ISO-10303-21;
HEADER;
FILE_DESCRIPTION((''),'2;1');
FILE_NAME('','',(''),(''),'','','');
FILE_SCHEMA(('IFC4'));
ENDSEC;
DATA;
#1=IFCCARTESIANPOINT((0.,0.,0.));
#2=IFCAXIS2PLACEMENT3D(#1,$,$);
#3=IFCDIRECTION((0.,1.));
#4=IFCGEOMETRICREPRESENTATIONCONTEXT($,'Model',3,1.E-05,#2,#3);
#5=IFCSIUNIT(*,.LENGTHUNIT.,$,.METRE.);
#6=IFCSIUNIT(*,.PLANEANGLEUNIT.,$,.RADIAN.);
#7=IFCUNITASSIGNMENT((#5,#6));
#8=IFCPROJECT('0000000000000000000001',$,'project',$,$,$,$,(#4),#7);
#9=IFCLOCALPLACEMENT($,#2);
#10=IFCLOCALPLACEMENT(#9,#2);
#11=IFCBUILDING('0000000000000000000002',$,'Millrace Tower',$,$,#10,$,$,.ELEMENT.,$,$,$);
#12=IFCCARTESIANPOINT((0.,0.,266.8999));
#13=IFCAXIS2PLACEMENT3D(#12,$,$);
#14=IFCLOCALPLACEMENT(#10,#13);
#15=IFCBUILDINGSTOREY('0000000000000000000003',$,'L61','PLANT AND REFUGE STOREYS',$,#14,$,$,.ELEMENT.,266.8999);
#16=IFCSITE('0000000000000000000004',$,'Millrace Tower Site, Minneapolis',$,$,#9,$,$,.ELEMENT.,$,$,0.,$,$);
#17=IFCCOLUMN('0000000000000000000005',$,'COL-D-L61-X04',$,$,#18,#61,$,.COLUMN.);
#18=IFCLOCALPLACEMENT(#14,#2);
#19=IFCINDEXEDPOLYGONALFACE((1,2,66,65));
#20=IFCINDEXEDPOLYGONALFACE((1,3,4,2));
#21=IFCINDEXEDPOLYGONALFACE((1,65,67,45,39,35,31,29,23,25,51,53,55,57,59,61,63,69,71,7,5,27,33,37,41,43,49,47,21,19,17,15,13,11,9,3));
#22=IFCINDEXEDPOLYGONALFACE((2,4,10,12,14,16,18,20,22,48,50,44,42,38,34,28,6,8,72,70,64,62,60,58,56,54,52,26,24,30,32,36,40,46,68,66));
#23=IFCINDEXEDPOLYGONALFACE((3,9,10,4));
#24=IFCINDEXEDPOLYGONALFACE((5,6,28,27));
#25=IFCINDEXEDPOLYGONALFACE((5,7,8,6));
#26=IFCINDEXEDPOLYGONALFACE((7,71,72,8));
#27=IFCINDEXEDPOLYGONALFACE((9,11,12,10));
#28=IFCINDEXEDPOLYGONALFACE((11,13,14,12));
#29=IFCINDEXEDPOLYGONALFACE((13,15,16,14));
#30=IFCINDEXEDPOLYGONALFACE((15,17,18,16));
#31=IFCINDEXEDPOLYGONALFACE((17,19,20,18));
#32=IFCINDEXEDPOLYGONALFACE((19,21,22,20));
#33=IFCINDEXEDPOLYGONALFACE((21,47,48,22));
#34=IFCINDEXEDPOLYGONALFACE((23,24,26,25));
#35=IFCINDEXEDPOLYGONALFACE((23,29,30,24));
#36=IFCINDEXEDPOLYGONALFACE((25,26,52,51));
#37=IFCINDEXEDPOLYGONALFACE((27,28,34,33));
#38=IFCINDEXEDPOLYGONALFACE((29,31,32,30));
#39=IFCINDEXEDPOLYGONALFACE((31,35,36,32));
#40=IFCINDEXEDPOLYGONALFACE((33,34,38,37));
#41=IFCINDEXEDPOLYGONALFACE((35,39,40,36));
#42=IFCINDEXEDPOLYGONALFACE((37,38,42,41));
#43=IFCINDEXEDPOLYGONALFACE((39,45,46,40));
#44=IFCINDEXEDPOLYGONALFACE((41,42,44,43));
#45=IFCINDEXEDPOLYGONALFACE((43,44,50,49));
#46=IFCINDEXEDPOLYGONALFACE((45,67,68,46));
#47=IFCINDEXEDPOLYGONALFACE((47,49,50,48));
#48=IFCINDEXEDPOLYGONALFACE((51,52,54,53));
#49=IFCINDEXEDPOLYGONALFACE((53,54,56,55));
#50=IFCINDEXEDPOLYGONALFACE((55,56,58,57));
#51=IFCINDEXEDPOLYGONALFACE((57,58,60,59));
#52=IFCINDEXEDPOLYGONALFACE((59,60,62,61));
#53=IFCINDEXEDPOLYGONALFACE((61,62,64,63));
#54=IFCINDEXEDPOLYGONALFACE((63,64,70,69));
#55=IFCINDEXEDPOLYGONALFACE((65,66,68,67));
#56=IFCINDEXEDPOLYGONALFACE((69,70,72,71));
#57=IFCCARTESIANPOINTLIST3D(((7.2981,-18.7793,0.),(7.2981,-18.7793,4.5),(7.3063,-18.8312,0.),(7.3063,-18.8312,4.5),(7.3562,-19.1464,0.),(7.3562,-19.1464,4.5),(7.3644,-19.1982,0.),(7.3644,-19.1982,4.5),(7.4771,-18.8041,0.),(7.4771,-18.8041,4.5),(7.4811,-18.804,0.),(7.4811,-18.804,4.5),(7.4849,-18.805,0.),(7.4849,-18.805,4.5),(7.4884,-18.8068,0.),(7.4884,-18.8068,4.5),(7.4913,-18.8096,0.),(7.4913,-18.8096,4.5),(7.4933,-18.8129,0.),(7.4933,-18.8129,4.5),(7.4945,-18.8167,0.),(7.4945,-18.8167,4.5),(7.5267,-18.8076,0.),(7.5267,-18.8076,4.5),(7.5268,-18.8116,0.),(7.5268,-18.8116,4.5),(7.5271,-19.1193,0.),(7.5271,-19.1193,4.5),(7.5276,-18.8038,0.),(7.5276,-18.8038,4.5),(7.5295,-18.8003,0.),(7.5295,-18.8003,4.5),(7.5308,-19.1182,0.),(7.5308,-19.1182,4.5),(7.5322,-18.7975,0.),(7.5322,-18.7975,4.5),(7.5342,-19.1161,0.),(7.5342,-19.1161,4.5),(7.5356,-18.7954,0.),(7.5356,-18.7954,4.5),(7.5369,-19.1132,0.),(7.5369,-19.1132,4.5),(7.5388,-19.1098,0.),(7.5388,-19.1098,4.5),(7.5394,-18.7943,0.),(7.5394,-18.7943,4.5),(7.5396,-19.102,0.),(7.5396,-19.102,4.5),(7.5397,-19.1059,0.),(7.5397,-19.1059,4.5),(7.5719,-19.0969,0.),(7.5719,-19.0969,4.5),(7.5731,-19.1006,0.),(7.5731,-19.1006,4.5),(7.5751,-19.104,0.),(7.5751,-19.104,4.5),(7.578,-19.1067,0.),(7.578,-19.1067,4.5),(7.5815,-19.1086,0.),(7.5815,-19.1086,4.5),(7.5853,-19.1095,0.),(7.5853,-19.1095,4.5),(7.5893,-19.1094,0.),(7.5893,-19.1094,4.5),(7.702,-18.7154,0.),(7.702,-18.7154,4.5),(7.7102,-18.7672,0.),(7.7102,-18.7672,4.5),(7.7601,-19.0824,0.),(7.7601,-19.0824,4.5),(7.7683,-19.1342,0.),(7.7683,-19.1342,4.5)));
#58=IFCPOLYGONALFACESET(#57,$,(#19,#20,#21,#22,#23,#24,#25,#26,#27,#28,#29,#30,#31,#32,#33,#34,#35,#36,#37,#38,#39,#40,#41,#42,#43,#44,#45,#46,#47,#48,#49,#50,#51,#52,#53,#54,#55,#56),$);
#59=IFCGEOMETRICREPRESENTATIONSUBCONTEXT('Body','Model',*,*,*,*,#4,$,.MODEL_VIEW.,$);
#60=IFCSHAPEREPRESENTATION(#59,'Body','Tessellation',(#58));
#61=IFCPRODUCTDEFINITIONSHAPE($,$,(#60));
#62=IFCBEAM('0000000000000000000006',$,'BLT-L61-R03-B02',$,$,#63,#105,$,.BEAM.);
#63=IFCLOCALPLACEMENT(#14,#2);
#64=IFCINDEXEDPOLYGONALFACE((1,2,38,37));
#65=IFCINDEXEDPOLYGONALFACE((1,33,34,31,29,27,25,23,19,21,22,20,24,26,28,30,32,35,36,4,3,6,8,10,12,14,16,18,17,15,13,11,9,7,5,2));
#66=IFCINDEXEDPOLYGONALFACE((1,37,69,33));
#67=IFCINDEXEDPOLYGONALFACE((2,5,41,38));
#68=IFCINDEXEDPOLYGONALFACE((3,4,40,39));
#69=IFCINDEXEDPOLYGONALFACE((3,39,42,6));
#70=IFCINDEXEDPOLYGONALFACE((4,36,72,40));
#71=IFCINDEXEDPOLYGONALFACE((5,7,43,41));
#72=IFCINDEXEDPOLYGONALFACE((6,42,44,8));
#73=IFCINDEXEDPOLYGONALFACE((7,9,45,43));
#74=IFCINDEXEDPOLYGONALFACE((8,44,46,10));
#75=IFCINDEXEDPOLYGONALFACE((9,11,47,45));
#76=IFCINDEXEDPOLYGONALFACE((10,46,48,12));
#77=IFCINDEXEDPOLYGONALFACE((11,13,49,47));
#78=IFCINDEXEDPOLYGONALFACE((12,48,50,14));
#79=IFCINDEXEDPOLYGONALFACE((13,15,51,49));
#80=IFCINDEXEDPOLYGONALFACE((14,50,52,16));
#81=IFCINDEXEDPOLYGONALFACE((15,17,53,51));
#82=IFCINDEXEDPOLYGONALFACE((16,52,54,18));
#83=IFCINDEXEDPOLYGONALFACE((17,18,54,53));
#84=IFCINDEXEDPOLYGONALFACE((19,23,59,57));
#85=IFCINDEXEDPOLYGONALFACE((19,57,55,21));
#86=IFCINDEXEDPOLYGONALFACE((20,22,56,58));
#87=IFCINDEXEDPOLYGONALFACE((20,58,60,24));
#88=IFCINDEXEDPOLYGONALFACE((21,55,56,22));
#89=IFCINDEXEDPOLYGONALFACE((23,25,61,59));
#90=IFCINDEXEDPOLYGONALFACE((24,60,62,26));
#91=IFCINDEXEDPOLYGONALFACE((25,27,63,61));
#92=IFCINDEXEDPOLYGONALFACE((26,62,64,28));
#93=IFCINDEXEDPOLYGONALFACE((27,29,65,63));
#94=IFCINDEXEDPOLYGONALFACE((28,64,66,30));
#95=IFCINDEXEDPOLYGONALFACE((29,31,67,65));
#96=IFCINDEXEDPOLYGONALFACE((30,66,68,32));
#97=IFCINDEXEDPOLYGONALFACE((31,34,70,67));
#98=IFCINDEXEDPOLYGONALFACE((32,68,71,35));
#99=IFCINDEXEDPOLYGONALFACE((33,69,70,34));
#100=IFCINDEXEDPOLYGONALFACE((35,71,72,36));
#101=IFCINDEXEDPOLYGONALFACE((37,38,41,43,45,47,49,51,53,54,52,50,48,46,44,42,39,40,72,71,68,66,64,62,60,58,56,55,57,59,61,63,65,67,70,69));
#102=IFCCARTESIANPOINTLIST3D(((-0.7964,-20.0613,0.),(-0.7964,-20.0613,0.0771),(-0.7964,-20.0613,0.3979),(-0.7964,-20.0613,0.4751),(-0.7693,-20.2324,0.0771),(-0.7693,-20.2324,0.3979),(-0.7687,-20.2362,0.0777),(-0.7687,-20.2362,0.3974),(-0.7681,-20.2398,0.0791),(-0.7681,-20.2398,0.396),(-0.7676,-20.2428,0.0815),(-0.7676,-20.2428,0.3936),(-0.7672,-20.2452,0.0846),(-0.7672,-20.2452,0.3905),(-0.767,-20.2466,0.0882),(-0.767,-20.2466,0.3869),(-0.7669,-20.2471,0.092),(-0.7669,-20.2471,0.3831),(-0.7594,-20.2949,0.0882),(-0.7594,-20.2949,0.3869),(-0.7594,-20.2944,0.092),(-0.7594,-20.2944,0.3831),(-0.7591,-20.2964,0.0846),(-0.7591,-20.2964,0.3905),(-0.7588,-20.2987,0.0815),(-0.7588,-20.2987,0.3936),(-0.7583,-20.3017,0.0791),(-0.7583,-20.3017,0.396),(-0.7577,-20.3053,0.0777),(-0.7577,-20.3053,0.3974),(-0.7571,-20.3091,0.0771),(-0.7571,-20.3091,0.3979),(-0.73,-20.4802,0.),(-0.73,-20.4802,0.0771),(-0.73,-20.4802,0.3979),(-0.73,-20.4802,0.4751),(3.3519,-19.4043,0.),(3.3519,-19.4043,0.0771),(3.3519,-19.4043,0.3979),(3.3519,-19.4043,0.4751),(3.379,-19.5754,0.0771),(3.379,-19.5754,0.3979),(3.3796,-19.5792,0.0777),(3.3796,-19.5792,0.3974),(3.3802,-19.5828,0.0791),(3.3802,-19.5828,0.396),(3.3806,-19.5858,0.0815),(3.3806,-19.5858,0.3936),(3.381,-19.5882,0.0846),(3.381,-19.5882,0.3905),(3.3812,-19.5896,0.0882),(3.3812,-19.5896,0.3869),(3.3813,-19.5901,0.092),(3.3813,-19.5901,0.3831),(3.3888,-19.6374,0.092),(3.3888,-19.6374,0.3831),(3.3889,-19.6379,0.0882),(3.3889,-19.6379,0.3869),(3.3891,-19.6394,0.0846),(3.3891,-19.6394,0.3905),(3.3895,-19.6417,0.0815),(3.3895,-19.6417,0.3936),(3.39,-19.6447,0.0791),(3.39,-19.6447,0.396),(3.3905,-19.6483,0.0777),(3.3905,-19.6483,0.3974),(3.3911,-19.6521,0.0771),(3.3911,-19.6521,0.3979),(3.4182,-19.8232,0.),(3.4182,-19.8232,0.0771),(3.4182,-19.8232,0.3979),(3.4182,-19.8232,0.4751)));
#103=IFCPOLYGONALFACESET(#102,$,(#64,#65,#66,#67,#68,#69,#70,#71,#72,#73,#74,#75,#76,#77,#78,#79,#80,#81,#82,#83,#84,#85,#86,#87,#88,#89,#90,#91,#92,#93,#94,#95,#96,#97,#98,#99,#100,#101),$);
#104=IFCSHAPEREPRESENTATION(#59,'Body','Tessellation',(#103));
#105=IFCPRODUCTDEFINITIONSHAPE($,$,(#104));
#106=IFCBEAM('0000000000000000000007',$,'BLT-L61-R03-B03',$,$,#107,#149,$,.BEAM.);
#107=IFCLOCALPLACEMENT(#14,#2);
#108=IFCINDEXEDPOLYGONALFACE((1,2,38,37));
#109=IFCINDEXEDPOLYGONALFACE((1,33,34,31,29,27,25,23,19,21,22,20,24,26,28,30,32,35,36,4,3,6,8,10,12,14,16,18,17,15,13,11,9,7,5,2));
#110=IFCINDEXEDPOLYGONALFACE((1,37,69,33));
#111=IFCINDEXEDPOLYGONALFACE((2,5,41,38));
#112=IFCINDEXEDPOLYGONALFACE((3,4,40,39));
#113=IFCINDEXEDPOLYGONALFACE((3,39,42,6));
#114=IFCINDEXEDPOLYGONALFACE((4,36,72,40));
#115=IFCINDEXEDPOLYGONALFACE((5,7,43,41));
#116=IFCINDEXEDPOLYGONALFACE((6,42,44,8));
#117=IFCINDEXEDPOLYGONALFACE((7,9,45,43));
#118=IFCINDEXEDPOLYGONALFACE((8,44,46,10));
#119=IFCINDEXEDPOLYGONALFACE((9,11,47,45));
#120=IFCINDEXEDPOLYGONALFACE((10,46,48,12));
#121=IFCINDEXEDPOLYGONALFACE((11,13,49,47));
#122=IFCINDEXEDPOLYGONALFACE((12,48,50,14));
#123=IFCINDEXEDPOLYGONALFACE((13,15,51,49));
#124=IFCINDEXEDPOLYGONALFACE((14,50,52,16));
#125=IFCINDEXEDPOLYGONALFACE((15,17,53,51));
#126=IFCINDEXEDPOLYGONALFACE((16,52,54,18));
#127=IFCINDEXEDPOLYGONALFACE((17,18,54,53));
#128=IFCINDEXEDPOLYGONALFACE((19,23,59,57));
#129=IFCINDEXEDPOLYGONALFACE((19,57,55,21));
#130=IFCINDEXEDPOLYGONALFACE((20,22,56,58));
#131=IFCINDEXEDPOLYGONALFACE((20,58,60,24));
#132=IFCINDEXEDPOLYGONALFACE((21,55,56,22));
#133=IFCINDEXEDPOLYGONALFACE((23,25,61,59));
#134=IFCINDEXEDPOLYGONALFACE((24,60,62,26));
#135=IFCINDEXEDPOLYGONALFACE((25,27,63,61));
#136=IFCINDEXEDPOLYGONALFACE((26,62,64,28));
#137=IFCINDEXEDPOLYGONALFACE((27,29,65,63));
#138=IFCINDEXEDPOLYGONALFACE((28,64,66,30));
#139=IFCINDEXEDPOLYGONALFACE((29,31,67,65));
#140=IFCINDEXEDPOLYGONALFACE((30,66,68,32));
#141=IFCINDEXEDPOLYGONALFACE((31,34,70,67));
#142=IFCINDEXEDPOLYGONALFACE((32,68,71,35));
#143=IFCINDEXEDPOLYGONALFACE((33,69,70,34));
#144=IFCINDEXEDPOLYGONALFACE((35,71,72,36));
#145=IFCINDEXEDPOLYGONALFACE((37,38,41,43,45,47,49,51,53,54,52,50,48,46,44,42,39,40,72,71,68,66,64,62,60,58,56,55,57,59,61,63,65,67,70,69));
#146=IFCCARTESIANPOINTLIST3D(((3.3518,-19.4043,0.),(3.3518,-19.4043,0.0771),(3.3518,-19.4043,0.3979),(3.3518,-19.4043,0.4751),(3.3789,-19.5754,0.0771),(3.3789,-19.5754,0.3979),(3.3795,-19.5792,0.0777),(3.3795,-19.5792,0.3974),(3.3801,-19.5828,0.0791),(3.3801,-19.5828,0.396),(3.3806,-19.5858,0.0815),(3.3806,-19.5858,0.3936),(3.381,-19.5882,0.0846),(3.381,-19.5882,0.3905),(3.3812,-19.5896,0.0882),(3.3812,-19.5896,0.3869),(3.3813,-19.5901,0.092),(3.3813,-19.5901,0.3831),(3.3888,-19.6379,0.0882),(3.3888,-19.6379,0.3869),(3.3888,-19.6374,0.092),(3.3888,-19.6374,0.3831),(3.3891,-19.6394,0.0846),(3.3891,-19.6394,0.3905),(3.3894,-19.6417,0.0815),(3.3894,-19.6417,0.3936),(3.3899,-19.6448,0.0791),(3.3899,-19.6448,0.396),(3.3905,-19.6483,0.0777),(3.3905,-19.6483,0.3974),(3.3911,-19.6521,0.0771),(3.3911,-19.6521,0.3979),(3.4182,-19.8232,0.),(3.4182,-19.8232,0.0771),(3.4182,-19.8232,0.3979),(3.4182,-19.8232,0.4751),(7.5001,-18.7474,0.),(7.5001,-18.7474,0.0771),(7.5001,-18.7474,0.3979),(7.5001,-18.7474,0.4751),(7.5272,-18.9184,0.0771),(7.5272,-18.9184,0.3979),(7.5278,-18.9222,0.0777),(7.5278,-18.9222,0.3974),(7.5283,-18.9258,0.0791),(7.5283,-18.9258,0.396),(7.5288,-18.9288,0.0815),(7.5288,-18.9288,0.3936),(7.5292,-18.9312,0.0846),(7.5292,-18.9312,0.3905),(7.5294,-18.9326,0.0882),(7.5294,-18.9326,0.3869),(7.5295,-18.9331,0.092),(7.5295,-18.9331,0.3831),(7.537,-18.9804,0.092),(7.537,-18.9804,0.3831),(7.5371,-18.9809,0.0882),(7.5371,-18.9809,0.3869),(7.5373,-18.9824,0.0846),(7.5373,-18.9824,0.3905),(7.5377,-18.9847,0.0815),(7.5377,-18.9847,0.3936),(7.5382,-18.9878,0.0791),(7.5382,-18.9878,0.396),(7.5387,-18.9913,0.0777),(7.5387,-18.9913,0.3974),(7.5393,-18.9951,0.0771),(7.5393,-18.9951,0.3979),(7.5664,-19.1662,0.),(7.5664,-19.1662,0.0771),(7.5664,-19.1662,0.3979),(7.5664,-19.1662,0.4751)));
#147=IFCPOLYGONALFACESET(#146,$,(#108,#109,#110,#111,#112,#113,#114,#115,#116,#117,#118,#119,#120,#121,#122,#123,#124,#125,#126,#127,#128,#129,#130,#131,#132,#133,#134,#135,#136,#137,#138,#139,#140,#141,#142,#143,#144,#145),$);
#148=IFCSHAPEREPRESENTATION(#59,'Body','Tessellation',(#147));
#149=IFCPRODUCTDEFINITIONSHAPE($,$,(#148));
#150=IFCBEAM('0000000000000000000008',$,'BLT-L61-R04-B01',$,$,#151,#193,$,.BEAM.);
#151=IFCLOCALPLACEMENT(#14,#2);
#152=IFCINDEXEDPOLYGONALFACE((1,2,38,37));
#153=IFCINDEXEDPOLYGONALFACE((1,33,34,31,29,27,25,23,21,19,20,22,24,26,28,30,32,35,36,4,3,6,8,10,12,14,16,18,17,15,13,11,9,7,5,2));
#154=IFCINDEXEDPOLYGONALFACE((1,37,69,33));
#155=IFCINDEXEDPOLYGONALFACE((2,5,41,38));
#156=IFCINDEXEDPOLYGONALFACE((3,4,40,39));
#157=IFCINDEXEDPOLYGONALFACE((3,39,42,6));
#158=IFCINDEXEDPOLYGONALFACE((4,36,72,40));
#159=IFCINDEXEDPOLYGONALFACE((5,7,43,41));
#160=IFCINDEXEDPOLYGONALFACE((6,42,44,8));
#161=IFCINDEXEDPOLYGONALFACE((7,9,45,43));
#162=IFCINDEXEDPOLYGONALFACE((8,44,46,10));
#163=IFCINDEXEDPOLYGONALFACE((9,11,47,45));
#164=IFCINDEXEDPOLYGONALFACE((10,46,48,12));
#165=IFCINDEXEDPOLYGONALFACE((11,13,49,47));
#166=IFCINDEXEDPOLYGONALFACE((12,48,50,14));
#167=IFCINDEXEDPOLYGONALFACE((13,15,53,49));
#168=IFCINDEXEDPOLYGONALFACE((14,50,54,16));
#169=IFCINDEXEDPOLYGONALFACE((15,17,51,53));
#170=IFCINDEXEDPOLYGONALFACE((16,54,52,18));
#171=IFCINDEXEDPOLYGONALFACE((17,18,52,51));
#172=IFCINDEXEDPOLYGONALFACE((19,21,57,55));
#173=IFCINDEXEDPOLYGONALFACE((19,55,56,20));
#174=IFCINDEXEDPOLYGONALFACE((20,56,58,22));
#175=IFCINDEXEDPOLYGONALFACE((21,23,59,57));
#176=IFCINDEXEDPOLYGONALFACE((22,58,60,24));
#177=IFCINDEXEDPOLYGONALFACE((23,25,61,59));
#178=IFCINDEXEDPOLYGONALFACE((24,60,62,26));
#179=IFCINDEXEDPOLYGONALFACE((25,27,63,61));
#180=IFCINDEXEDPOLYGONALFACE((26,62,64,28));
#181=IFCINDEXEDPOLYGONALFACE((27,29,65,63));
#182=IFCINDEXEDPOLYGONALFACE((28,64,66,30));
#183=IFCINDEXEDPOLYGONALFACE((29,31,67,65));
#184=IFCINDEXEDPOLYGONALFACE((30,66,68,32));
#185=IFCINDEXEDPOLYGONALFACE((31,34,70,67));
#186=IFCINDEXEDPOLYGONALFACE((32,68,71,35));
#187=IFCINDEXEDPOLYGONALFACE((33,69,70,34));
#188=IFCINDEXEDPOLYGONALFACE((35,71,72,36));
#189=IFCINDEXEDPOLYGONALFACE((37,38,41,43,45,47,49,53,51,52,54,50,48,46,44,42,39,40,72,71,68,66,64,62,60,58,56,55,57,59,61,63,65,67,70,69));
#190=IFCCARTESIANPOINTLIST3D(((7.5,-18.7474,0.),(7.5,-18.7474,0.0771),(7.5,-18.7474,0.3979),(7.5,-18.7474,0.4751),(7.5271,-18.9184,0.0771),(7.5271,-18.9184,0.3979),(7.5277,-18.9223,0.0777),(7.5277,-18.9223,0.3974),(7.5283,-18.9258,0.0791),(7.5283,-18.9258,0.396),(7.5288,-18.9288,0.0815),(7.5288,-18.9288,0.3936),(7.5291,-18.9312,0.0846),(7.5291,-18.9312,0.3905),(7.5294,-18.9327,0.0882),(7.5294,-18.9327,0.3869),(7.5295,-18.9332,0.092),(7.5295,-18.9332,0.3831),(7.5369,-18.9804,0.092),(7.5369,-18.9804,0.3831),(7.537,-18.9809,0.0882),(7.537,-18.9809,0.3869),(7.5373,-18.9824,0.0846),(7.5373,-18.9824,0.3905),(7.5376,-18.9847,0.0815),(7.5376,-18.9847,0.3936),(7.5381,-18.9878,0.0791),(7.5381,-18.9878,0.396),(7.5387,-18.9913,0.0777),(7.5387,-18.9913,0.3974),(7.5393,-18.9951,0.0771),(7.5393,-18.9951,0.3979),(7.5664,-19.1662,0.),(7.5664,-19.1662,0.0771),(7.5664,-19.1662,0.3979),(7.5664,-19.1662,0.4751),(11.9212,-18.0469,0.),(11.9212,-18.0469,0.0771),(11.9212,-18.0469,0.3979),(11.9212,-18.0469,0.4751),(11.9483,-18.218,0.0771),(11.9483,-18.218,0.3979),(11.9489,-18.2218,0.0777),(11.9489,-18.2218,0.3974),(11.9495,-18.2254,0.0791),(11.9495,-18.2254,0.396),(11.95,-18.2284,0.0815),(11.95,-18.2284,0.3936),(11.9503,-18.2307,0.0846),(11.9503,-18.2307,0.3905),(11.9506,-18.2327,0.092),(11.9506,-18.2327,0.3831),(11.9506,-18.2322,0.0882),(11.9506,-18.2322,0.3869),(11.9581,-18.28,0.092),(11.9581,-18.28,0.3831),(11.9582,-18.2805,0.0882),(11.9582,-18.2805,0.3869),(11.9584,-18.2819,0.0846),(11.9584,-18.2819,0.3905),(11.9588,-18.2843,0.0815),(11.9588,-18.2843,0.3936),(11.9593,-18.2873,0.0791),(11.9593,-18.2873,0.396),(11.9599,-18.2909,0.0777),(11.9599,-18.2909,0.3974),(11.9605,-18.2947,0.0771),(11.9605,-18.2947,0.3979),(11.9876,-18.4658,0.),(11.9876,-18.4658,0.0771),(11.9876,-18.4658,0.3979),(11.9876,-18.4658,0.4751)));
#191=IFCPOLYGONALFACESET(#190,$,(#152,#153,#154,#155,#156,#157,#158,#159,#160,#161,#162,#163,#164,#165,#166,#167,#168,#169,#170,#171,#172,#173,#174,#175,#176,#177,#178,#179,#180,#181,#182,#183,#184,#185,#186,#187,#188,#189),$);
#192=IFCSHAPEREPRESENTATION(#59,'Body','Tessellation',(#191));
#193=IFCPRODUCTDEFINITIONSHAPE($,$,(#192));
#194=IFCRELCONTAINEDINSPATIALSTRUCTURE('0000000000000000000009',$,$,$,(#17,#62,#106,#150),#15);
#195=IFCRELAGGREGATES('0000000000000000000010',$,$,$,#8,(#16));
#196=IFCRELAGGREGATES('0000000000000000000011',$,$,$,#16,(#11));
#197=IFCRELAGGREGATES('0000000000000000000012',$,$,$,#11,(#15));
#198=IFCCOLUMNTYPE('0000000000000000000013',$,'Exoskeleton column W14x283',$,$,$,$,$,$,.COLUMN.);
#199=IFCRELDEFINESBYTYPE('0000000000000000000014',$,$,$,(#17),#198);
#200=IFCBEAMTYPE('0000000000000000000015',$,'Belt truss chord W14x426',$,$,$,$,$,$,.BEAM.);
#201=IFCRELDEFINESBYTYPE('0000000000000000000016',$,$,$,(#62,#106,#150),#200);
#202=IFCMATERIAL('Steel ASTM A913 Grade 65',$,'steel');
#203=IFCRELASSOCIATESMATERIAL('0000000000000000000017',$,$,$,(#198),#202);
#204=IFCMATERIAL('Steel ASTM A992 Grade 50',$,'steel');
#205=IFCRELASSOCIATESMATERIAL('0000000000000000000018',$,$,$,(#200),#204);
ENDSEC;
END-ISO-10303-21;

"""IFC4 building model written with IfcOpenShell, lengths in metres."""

from ifc_helpers import new_model, si_unit, direction, frame, origin, origin_2d, place, context, subcontext, project, spatial, i_section, extrude, material, material_profile, profile_set, type_object, element, save


model = new_model("IFC4")

# Units and contexts
model_context = context("Model", 3, precision=1e-05, world=origin(), true_north=direction((0.0, 1.0)))
body_context = subcontext(model_context, "Body", "Model", "MODEL_VIEW")
ifc_project = project(units=[si_unit("LENGTHUNIT", "METRE"), si_unit("PLANEANGLEUNIT", "RADIAN")], contexts=[model_context])

# Site, building, storey
site_placement = place(None, origin())
site = spatial("IfcSite", under=ifc_project, at=site_placement, Name="Millrace Tower Site, Minneapolis", CompositionType="ELEMENT", RefElevation=0.0)
building_placement = place(site_placement, origin())
building = spatial("IfcBuilding", under=site, at=building_placement, Name="Millrace Tower", CompositionType="ELEMENT")
storey_placement = place(building_placement, frame((0.0, 0.0, 266.8999)))
storey = spatial("IfcBuildingStorey", under=building, at=storey_placement, Name="L61", Description="PLANT AND REFUGE STOREYS", CompositionType="ELEMENT", Elevation=266.8999)

# Column
ifc_material_1 = material(Name="Steel ASTM A913 Grade 65", Category="steel")
ifc_material_profile_1 = material_profile(ifc_material_1, i_section(OverallWidth=0.4089, OverallDepth=0.4241, WebThickness=0.0327, FlangeThickness=0.0525, FilletRadius=0.0151, at=origin_2d()))
ifc_profile_set_1 = profile_set([ifc_material_profile_1], Name="Steel ASTM A913 Grade 65")
column_type = type_object("IfcColumnType", Name="Exoskeleton column W14x283", PredefinedType="COLUMN", material=ifc_profile_set_1)
column_placement = place(storey_placement, frame((7.5332, -18.9568, 0.0), z_axis=(0.0, 0.0, 1.0), x_axis=(0.987688, 0.156434, 0.0)))
element("IfcColumn", 1, at=column_placement, inside=storey, type_object=column_type, Name="COL-D-L61-X04", PredefinedType="COLUMN", context=body_context, shape_type="SweptSolid", body=[
    extrude(i_section(OverallWidth=0.4089, OverallDepth=0.4241, WebThickness=0.0327, FlangeThickness=0.0525, FilletRadius=0.0151, at=origin_2d()), origin(), (0.0, 0.0, 1.0), 4.5),
])

# Beams
ifc_material_2 = material(Name="Steel ASTM A992 Grade 50", Category="steel")
ifc_material_profile_2 = material_profile(ifc_material_2, i_section(OverallWidth=0.4241, OverallDepth=0.4751, WebThickness=0.0479, FlangeThickness=0.0771, FilletRadius=0.0149, at=origin_2d()))
ifc_profile_set_2 = profile_set([ifc_material_profile_2], Name="Steel ASTM A992 Grade 50")
beam_type_1 = type_object("IfcBeamType", Name="Belt truss chord W14x426", PredefinedType="BEAM", material=ifc_profile_set_2)
for number, where, z_axis, x_axis, name in (
    (2, (-0.7632, -20.2708, 0.2375), (0.987689, 0.156428, 0.0), (-0.156428, 0.987689, 0.0), "BLT-L61-R03-B02"),
    (3, (3.385, -19.6138, 0.2375), (0.987689, 0.156428, 0.0), (-0.156428, 0.987689, 0.0), "BLT-L61-R03-B03"),
):
    element("IfcBeam", number, at=place(storey_placement, frame(where, z_axis=z_axis, x_axis=x_axis)), inside=storey, type_object=beam_type_1, Name=name, PredefinedType="BEAM", context=body_context, shape_type="SweptSolid", body=[
        extrude(i_section(OverallWidth=0.4241, OverallDepth=0.4751, WebThickness=0.0479, FlangeThickness=0.0771, FilletRadius=0.0149, at=origin_2d()), origin(), (0.0, 0.0, 1.0), 4.2),
    ])
for number, where, z_axis, x_axis, name in (
    (4, (7.5332, -18.9568, 0.2375), (0.987681, 0.156478, 0.0), (-0.156478, 0.987681, 0.0), "BLT-L61-R04-B01"),
):
    element("IfcBeam", number, at=place(storey_placement, frame(where, z_axis=z_axis, x_axis=x_axis)), inside=storey, type_object=beam_type_1, Name=name, PredefinedType="BEAM", context=body_context, shape_type="SweptSolid", body=[
        extrude(i_section(OverallWidth=0.4241, OverallDepth=0.4751, WebThickness=0.0479, FlangeThickness=0.0771, FilletRadius=0.0149, at=origin_2d()), origin(), (0.0, 0.0, 1.0), 4.4763),
    ])

save(model, "model.ifc")
